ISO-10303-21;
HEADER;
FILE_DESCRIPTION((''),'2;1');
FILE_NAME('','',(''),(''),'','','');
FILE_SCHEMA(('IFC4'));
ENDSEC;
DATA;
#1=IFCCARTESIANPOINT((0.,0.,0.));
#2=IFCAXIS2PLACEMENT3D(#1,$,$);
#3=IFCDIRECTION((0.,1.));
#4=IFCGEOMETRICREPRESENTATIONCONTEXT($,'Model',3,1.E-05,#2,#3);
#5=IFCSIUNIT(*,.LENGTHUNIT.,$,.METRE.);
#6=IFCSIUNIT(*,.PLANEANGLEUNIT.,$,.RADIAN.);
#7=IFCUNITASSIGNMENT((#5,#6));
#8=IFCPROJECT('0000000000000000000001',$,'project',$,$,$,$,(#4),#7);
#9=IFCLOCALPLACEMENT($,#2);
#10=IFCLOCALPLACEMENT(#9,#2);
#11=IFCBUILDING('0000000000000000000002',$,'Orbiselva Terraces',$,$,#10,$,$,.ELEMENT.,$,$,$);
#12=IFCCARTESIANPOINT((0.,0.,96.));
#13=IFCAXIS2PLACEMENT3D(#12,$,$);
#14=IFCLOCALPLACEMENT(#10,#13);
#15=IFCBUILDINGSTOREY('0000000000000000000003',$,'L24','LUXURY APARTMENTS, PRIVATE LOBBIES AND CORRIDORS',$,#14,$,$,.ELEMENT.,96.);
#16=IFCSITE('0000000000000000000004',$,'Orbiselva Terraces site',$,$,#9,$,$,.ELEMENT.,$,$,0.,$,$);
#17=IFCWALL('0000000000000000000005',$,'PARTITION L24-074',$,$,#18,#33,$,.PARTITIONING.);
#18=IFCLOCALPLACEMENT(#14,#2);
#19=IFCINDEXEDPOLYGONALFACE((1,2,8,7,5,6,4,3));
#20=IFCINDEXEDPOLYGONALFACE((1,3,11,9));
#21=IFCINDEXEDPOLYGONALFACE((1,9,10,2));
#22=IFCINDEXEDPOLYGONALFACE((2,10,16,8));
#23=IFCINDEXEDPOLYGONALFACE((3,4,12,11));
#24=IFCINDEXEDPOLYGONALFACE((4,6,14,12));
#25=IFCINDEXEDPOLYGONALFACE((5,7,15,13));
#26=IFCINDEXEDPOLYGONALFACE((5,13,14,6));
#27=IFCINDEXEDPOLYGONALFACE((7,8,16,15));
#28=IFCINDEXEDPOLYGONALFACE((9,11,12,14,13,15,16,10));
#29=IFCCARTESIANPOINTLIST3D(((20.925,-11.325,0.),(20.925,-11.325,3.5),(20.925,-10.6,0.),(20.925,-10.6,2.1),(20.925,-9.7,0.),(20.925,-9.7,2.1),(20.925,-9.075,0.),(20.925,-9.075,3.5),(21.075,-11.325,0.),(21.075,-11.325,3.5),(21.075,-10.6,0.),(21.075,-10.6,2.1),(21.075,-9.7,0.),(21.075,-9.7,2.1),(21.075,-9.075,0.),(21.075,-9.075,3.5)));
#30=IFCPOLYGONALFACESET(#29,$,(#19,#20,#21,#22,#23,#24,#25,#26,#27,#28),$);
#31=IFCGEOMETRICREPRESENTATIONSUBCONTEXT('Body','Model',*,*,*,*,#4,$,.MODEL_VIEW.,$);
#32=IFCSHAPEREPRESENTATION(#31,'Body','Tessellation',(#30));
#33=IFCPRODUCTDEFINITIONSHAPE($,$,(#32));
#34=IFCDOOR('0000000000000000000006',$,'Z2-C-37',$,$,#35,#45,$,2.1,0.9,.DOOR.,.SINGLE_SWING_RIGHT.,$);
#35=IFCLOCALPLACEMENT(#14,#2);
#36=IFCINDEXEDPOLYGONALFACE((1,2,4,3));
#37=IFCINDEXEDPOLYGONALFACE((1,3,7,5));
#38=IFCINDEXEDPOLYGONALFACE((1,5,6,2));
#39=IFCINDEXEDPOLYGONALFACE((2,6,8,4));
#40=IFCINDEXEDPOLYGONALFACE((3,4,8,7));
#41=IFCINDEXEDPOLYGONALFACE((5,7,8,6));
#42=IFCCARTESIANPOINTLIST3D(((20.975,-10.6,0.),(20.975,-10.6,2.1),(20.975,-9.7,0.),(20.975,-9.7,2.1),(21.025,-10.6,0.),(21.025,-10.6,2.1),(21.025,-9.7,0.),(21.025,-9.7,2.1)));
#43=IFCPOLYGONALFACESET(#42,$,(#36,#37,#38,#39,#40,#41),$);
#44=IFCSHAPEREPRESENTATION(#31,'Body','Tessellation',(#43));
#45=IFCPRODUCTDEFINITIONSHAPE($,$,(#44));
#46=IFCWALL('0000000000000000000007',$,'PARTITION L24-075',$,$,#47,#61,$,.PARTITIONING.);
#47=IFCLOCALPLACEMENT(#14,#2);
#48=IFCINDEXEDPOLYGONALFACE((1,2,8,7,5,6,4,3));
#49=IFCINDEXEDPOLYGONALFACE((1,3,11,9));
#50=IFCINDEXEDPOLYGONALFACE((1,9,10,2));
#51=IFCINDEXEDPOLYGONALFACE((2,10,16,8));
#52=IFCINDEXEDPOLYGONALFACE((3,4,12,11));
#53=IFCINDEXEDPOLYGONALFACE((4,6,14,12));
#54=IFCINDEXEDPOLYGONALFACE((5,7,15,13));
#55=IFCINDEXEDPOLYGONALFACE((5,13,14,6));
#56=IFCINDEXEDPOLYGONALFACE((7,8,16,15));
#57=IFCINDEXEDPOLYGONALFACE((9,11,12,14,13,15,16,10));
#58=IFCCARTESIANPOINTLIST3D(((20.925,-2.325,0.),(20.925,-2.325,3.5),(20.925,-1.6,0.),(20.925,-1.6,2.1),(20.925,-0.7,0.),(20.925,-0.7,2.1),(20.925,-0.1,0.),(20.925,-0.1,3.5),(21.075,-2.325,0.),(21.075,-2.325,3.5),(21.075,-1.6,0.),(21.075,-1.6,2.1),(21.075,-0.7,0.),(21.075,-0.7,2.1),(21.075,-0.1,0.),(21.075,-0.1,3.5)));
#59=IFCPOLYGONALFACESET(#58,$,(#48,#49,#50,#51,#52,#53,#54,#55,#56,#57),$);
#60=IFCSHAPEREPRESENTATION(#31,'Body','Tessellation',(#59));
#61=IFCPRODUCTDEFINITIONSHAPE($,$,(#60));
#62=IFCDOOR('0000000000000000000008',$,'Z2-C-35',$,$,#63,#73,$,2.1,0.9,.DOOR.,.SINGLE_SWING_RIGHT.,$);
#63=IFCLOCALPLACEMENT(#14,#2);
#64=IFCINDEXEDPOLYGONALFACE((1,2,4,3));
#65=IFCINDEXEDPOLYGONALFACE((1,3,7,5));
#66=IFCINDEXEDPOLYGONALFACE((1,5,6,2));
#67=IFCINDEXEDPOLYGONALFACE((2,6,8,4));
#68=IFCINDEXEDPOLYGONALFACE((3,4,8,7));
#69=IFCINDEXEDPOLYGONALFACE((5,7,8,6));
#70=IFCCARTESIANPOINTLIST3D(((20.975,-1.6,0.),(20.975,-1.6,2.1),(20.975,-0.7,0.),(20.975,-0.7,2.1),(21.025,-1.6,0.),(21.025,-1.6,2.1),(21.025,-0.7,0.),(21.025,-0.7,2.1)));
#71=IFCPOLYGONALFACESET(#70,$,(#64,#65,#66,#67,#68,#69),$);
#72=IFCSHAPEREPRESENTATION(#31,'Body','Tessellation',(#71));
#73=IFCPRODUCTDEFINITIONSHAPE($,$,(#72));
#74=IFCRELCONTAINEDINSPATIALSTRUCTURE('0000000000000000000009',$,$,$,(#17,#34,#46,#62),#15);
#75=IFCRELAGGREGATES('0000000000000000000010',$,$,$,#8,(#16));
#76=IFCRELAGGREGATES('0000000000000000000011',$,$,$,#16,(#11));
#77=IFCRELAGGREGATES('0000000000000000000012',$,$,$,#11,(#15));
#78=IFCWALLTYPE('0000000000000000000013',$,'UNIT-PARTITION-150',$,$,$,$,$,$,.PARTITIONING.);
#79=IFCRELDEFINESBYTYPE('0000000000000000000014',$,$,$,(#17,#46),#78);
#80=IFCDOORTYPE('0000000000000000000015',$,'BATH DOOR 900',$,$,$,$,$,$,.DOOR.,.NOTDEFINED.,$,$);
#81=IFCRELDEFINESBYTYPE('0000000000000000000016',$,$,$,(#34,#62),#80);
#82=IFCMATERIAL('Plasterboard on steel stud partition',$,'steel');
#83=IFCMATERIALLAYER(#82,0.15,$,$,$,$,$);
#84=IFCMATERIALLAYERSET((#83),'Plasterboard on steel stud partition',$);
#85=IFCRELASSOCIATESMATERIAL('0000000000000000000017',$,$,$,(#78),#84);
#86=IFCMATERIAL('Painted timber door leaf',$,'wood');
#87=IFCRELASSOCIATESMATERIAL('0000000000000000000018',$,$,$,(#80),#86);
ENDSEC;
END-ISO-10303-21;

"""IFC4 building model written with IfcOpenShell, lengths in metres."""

from ifc_helpers import new_model, si_unit, direction, frame, frame_2d, origin, place, context, subcontext, project, spatial, rectangle, extrude, material, layer, layer_set, type_object, element, fill, save


model = new_model("IFC4")

# Units and contexts
model_context = context("Model", 3, precision=1e-05, world=origin(), true_north=direction((0.0, 1.0)))
body_context = subcontext(model_context, "Body", "Model", "MODEL_VIEW")
ifc_project = project(units=[si_unit("LENGTHUNIT", "METRE"), si_unit("PLANEANGLEUNIT", "RADIAN")], contexts=[model_context])

# Site, building, storey
site_placement = place(None, origin())
site = spatial("IfcSite", under=ifc_project, at=site_placement, Name="Orbiselva Terraces site", CompositionType="ELEMENT", RefElevation=0.0)
building_placement = place(site_placement, origin())
building = spatial("IfcBuilding", under=site, at=building_placement, Name="Orbiselva Terraces", CompositionType="ELEMENT")
storey_placement = place(building_placement, frame((0.0, 0.0, 96.0)))
storey = spatial("IfcBuildingStorey", under=building, at=storey_placement, Name="L24", Description="LUXURY APARTMENTS, PRIVATE LOBBIES AND CORRIDORS", CompositionType="ELEMENT", Elevation=96.0)

# Shared definitions
ifc_material_1 = material(Name="Plasterboard on steel stud partition", Category="steel")
ifc_layer_1 = layer(ifc_material_1, 0.15)
ifc_layer_set_1 = layer_set([ifc_layer_1], Name="Plasterboard on steel stud partition")
wall_type_1 = type_object("IfcWallType", Name="UNIT-PARTITION-150", PredefinedType="PARTITIONING", material=ifc_layer_set_1)

# Shared definitions
ifc_material_2 = material(Name="Painted timber door leaf", Category="wood")

# Walls, openings, doors
wall_1_placement = place(storey_placement, frame((21.0, -11.325, 0.0), z_axis=(0.0, 0.0, 1.0), x_axis=(0.0, 1.0, 0.0)))
wall_1 = element("IfcWall", 1, at=wall_1_placement, inside=storey, type_object=wall_type_1, Name="PARTITION L24-074", PredefinedType="PARTITIONING", context=body_context, shape_type="SweptSolid", body=[
    extrude(rectangle(XDim=2.25, YDim=0.15, at=frame_2d((1.125, 0.0))), origin(), (0.0, 0.0, 1.0), 3.5),
])
opening_1_placement = place(wall_1_placement, frame((0.725, 0.0, 0.0)))
opening_1 = element("IfcOpeningElement", 2, at=opening_1_placement, cuts=wall_1, PredefinedType="OPENING", context=body_context, shape_type="SweptSolid", body=[
    extrude(rectangle(XDim=0.9, YDim=2.1, at=frame_2d((0.45, 1.05))), frame((0.0, 0.085, 0.0), z_axis=(0.0, -1.0, 0.0), x_axis=(1.0, 0.0, 0.0)), (0.0, 0.0, 1.0), 0.17),
])
door_type_1 = type_object("IfcDoorType", Name="BATH DOOR 900", OperationType="NOTDEFINED", PredefinedType="DOOR", material=ifc_material_2)
door_1_placement = place(opening_1_placement, origin())
door_1 = element("IfcDoor", 3, at=door_1_placement, inside=storey, type_object=door_type_1, Name="Z2-C-37", OperationType="SINGLE_SWING_RIGHT", OverallHeight=2.1, OverallWidth=0.9, PredefinedType="DOOR", context=body_context, shape_type="SweptSolid", body=[
    extrude(rectangle(XDim=0.9, YDim=2.1, at=frame_2d((0.45, 1.05))), frame((0.0, 0.025, 0.0), z_axis=(0.0, -1.0, 0.0), x_axis=(1.0, 0.0, 0.0)), (0.0, 0.0, 1.0), 0.05),
])
fill(opening_1, door_1)
wall_2_placement = place(storey_placement, frame((21.0, -2.325, 0.0), z_axis=(0.0, 0.0, 1.0), x_axis=(0.0, 1.0, 0.0)))
wall_2 = element("IfcWall", 4, at=wall_2_placement, inside=storey, type_object=wall_type_1, Name="PARTITION L24-075", PredefinedType="PARTITIONING", context=body_context, shape_type="SweptSolid", body=[
    extrude(rectangle(XDim=2.225, YDim=0.15, at=frame_2d((1.1125, 0.0))), origin(), (0.0, 0.0, 1.0), 3.5),
])
opening_2_placement = place(wall_2_placement, frame((0.725, 0.0, 0.0)))
opening_2 = element("IfcOpeningElement", 5, at=opening_2_placement, cuts=wall_2, PredefinedType="OPENING", context=body_context, shape_type="SweptSolid", body=[
    extrude(rectangle(XDim=0.9, YDim=2.1, at=frame_2d((0.45, 1.05))), frame((0.0, 0.085, 0.0), z_axis=(0.0, -1.0, 0.0), x_axis=(1.0, 0.0, 0.0)), (0.0, 0.0, 1.0), 0.17),
])
door_2_placement = place(opening_2_placement, origin())
door_2 = element("IfcDoor", 6, at=door_2_placement, inside=storey, type_object=door_type_1, Name="Z2-C-35", OperationType="SINGLE_SWING_RIGHT", OverallHeight=2.1, OverallWidth=0.9, PredefinedType="DOOR", context=body_context, shape_type="SweptSolid", body=[
    extrude(rectangle(XDim=0.9, YDim=2.1, at=frame_2d((0.45, 1.05))), frame((0.0, 0.025, 0.0), z_axis=(0.0, -1.0, 0.0), x_axis=(1.0, 0.0, 0.0)), (0.0, 0.0, 1.0), 0.05),
])
fill(opening_2, door_2)

save(model, "model.ifc")
